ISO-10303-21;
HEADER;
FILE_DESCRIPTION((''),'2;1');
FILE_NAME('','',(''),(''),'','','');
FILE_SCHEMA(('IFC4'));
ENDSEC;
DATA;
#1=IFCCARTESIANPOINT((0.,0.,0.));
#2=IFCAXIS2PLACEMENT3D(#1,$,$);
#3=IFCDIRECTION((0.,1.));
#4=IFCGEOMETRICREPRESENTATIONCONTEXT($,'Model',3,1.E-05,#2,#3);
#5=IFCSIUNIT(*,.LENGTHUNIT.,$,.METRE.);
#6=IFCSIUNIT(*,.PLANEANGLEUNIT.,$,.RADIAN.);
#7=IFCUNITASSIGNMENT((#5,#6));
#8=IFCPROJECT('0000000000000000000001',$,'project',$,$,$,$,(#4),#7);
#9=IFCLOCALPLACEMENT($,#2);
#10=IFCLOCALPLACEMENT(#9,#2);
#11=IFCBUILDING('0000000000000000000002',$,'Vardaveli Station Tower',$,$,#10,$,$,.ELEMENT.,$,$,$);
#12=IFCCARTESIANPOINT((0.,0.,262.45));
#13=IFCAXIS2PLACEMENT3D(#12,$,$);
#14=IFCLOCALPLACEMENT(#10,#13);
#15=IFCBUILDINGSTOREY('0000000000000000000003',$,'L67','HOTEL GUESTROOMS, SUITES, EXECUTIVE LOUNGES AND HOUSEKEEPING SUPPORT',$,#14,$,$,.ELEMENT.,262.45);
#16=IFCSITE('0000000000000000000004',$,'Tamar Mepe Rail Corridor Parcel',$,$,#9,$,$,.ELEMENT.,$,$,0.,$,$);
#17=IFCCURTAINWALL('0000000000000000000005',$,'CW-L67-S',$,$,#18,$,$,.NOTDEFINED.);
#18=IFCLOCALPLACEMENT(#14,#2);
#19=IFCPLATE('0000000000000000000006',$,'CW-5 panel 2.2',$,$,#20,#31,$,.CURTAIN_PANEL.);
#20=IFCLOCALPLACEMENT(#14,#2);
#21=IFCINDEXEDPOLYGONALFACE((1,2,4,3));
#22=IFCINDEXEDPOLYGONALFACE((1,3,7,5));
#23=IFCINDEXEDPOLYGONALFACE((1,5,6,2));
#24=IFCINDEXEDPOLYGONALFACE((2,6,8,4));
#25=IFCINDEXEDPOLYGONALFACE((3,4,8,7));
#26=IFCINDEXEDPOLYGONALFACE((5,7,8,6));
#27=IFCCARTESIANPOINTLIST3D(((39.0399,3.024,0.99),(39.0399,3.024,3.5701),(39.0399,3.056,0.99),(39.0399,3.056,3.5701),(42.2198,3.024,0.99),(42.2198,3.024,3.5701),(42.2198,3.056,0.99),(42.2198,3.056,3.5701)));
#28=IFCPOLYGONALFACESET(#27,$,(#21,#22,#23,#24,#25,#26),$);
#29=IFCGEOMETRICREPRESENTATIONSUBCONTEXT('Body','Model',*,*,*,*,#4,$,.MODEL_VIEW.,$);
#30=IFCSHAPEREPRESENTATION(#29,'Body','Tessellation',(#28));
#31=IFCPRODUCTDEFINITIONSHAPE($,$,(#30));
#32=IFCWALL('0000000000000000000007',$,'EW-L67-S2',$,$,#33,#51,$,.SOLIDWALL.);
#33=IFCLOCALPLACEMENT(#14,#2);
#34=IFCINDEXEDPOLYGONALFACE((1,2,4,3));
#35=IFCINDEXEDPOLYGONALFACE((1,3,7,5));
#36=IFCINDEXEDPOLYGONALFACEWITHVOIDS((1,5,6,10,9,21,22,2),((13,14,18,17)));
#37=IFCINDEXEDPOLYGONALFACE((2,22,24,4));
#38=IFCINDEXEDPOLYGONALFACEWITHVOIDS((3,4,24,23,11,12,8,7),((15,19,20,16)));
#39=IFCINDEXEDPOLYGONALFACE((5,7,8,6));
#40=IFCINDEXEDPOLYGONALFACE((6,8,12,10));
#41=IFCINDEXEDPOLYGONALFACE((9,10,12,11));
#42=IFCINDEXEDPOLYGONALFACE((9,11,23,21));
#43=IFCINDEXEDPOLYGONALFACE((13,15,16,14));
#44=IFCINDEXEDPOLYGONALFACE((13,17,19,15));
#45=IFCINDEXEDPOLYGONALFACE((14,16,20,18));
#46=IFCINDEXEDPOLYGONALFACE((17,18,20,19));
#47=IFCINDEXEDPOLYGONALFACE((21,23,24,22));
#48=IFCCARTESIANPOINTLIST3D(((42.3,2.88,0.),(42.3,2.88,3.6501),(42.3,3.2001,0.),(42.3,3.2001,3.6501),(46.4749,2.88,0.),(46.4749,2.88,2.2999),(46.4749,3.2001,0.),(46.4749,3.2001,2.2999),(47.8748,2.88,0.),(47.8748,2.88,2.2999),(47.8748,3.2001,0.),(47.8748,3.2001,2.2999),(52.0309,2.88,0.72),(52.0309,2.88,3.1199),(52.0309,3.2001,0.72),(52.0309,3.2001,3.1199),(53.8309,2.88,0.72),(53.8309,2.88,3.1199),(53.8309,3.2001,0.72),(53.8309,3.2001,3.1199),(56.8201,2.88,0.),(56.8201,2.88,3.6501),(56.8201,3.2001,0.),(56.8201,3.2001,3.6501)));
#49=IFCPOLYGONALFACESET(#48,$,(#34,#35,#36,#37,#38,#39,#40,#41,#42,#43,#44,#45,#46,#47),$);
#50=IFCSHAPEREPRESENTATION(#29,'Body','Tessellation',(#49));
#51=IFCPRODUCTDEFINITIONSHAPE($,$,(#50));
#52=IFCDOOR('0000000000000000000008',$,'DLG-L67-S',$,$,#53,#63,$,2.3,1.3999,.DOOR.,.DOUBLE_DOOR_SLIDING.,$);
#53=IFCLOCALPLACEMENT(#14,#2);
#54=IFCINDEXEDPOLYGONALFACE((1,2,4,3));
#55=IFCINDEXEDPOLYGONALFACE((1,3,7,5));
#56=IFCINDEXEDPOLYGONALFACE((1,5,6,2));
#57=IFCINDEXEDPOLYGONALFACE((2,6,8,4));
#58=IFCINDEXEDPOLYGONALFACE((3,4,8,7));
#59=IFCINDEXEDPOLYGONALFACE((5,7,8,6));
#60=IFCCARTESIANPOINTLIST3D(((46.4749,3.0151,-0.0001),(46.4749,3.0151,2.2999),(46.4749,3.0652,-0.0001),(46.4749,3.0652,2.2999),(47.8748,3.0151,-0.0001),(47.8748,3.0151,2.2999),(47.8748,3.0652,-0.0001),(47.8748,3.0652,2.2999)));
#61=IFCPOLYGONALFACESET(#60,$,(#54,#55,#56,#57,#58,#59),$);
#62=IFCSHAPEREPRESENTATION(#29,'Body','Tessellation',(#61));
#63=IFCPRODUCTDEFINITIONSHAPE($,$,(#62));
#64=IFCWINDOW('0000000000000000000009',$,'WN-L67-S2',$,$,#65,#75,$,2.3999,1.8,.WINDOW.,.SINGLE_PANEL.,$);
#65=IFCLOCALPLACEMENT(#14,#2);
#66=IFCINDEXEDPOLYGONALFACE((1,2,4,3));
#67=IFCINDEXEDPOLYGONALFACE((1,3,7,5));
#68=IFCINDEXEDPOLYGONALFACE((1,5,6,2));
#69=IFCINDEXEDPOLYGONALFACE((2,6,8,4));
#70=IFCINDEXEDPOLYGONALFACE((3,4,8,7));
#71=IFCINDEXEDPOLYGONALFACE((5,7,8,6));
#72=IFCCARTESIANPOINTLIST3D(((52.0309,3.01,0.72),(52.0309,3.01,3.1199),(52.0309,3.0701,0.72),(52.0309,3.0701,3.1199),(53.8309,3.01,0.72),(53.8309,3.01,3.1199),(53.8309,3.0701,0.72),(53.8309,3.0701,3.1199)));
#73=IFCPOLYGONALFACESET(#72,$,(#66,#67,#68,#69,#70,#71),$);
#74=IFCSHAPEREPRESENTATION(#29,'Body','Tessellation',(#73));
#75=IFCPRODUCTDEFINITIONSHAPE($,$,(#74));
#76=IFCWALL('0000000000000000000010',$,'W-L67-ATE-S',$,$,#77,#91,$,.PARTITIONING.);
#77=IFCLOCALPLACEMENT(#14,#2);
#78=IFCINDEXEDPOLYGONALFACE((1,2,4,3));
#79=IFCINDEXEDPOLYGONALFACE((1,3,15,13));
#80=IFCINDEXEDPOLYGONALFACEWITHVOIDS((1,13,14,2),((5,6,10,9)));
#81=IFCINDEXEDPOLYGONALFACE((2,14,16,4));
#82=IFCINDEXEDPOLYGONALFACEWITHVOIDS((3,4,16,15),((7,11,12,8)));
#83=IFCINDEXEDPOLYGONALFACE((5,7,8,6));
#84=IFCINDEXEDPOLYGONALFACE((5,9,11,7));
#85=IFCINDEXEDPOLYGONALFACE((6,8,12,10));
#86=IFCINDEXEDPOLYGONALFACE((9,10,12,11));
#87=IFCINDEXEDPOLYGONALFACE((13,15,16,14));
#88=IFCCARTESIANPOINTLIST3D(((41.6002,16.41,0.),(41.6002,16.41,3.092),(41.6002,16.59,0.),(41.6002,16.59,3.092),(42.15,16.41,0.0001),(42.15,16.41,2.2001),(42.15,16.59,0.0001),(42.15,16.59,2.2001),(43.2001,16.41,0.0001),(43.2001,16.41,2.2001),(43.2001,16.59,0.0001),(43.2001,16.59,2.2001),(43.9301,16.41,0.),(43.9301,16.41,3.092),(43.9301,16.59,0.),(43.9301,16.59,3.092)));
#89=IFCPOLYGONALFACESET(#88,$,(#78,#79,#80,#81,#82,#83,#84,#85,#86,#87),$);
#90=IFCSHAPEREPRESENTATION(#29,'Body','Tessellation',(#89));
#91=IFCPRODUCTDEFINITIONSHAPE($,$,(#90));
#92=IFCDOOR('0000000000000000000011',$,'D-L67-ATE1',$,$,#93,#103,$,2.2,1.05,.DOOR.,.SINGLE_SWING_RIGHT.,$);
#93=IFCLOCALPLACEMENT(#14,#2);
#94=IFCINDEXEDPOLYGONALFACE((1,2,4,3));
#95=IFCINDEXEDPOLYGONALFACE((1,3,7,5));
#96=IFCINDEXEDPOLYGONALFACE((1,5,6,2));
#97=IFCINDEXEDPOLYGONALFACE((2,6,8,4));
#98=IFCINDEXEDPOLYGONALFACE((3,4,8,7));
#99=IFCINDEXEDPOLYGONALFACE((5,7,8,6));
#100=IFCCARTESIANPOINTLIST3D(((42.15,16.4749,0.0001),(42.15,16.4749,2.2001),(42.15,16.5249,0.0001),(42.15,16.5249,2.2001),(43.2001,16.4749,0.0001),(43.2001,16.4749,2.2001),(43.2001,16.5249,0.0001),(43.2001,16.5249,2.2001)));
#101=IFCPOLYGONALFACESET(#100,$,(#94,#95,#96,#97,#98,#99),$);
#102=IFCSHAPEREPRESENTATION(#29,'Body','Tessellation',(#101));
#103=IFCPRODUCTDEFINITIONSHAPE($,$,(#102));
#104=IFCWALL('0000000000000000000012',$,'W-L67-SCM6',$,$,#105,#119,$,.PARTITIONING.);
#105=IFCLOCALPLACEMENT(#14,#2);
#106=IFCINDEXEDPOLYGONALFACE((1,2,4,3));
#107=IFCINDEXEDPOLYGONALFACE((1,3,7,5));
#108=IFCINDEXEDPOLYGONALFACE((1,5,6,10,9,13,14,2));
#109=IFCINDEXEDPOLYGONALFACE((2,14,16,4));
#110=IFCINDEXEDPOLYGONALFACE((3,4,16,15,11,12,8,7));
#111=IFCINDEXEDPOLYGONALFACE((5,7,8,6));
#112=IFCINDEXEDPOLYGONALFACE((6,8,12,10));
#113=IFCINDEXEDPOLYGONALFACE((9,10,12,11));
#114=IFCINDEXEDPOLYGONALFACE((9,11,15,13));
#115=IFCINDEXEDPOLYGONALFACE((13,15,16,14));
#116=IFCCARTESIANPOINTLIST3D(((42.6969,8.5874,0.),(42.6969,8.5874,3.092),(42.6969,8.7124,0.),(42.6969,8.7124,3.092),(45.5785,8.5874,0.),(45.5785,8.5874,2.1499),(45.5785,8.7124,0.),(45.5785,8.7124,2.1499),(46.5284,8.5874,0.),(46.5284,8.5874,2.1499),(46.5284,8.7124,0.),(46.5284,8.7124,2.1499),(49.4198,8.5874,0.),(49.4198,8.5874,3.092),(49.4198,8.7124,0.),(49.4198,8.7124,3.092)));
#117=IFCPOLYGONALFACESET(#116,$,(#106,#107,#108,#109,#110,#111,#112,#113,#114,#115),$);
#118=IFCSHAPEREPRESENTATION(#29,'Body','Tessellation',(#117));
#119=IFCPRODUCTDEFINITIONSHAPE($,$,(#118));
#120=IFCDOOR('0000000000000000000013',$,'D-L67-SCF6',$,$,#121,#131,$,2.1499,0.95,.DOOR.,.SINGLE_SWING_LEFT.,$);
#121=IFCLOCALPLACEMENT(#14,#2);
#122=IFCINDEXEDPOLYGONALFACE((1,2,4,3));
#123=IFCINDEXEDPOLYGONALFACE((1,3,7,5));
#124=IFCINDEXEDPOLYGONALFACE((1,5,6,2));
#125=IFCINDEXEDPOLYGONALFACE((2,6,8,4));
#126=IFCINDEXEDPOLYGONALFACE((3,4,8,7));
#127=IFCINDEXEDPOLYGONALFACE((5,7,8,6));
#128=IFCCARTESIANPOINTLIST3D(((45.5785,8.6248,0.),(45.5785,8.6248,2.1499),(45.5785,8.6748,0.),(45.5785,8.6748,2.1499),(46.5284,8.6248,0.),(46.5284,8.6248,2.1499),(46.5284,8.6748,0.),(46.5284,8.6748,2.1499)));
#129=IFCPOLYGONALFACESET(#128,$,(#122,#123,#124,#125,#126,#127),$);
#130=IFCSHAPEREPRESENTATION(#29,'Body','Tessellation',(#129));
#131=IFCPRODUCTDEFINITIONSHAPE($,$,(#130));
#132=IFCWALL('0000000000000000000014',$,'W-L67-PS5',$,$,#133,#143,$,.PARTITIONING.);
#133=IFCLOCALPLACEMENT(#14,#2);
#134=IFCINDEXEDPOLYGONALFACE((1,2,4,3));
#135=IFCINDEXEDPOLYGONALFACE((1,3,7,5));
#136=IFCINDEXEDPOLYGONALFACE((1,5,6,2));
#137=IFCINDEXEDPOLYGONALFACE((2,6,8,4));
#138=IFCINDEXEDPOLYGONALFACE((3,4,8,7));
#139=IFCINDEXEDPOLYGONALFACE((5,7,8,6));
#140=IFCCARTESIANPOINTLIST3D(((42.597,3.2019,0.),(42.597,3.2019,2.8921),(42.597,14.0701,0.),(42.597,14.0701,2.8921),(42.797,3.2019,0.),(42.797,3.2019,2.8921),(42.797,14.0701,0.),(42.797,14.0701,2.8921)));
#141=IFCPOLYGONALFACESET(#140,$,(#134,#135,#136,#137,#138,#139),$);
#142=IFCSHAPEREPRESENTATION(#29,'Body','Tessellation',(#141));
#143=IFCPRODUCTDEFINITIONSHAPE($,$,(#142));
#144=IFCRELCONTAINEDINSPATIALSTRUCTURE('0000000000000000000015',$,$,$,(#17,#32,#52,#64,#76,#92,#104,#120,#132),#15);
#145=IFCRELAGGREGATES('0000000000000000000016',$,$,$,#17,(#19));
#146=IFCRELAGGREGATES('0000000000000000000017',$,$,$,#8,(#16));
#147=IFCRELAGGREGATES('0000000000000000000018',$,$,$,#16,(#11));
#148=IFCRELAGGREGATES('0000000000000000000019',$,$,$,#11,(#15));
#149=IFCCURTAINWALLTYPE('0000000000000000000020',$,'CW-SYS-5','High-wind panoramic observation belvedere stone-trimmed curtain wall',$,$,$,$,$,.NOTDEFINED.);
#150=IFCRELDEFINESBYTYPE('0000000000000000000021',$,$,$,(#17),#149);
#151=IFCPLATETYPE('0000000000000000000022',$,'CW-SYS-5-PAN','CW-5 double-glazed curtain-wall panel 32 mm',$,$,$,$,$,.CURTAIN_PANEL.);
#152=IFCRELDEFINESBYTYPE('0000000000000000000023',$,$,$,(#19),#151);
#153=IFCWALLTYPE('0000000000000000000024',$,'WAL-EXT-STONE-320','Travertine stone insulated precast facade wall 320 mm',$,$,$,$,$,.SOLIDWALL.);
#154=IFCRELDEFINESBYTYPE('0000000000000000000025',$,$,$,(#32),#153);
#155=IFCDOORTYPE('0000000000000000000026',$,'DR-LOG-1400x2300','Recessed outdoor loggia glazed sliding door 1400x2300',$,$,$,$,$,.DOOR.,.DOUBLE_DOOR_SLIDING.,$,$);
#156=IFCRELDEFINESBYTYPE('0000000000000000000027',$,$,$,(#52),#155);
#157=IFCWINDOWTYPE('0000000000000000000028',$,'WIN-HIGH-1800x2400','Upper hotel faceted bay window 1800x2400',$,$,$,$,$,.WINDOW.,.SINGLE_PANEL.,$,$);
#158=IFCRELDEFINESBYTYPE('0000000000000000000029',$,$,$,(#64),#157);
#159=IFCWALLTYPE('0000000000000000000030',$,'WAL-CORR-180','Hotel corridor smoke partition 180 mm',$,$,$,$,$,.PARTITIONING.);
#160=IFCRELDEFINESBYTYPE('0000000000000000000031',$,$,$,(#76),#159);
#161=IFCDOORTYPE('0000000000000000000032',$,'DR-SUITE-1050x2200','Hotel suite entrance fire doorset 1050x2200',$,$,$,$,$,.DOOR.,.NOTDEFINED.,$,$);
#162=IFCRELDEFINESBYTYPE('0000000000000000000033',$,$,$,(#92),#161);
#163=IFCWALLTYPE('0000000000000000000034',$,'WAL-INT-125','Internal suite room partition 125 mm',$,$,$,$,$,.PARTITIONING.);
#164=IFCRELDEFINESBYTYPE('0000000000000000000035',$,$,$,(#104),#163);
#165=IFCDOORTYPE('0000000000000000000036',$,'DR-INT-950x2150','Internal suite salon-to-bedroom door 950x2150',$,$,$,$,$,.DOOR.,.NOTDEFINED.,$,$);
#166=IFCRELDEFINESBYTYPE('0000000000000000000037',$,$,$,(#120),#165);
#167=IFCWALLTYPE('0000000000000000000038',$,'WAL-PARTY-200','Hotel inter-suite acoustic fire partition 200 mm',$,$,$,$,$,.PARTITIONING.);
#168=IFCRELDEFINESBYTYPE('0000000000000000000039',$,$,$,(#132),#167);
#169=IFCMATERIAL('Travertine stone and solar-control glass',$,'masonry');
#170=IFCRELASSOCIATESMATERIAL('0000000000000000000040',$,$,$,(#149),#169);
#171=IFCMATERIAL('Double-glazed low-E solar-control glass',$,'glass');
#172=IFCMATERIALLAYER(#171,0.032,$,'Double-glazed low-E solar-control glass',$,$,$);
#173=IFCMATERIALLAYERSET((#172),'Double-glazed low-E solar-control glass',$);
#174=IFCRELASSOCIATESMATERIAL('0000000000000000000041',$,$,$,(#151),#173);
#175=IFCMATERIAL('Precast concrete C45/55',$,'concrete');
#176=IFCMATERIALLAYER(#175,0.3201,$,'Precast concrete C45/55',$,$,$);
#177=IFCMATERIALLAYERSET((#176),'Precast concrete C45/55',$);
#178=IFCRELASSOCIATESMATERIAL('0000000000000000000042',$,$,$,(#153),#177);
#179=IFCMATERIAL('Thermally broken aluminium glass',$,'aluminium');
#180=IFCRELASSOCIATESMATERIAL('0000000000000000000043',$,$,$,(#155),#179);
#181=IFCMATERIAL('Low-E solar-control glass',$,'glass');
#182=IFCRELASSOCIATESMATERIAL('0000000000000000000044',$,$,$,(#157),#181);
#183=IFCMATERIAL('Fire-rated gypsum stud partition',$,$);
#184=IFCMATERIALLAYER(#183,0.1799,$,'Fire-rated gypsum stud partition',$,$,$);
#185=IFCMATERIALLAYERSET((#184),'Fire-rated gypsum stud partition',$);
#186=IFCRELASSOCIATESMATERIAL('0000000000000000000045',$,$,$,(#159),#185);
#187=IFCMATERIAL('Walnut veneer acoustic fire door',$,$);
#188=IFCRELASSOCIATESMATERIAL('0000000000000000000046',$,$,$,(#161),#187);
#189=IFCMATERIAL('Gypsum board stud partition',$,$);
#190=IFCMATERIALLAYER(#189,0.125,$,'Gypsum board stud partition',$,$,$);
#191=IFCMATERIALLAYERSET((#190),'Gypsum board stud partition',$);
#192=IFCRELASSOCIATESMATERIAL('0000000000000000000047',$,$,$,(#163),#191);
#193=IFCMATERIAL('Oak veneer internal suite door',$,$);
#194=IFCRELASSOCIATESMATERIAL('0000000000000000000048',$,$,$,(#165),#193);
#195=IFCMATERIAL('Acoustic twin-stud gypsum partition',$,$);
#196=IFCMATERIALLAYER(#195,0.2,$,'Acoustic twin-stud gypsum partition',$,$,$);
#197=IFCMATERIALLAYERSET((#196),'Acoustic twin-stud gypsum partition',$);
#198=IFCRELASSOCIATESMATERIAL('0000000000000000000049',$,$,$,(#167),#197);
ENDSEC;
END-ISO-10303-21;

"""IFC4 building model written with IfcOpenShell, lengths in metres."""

from ifc_helpers import new_model, si_unit, direction, frame, frame_2d, origin, origin_2d, place, context, subcontext, project, spatial, rectangle, extrude, source, transform, mapped, material, layer, layer_set, type_object, element, fill, aggregate, save


model = new_model("IFC4")

# Units and contexts
model_context = context("Model", 3, precision=1e-05, world=origin(), true_north=direction((0.0, 1.0)))
body_context = subcontext(model_context, "Body", "Model", "MODEL_VIEW")
ifc_project = project(units=[si_unit("LENGTHUNIT", "METRE"), si_unit("PLANEANGLEUNIT", "RADIAN")], contexts=[model_context])

# Site, building, storey
site_placement = place(None, origin())
site = spatial("IfcSite", under=ifc_project, at=site_placement, Name="Tamar Mepe Rail Corridor Parcel", CompositionType="ELEMENT", RefElevation=0.0)
building_placement = place(site_placement, origin())
building = spatial("IfcBuilding", under=site, at=building_placement, Name="Vardaveli Station Tower", CompositionType="ELEMENT")
storey_placement = place(building_placement, frame((0.0, 0.0, 262.45)))
storey = spatial("IfcBuildingStorey", under=building, at=storey_placement, Name="L67", Description="HOTEL GUESTROOMS, SUITES, EXECUTIVE LOUNGES AND HOUSEKEEPING SUPPORT", CompositionType="ELEMENT", Elevation=262.45)

# Shared definitions
ifc_material_1 = material(Name="Precast concrete C45/55", Category="concrete")

# Curtain wall, plate
ifc_material_2 = material(Name="Travertine stone and solar-control glass", Category="masonry")
curtain_wall_type = type_object("IfcCurtainWallType", Name="CW-SYS-5", Description="High-wind panoramic observation belvedere stone-trimmed curtain wall", PredefinedType="NOTDEFINED", material=ifc_material_2)
curtain_wall_placement = place(storey_placement, origin())
curtain_wall = element("IfcCurtainWall", 1, at=curtain_wall_placement, inside=storey, type_object=curtain_wall_type, Name="CW-L67-S", PredefinedType="NOTDEFINED")
ifc_material_3 = material(Name="Double-glazed low-E solar-control glass", Category="glass")
ifc_layer_1 = layer(ifc_material_3, 0.032, Name="Double-glazed low-E solar-control glass")
ifc_layer_set_1 = layer_set([ifc_layer_1], Name="Double-glazed low-E solar-control glass")
plate_type = type_object("IfcPlateType", Name="CW-SYS-5-PAN", Description="CW-5 double-glazed curtain-wall panel 32 mm", PredefinedType="CURTAIN_PANEL", material=ifc_layer_set_1)
shared_shape_1 = source(origin(), body_context, "Body", "SweptSolid", [
    extrude(rectangle(XDim=3.1799, YDim=0.032, at=origin_2d()), origin(), (0.0, 0.0, 1.0), 2.5801),
])
plate_1_placement = place(storey_placement, frame((40.6299, 3.04, 0.99), z_axis=(0.0, 0.0, 1.0), x_axis=(1.0, 0.0, 0.0)))
plate_1 = element("IfcPlate", 2, at=plate_1_placement, type_object=plate_type, Name="CW-5 panel 2.2", PredefinedType="CURTAIN_PANEL", context=body_context, shape_type="MappedRepresentation", body=[
    mapped(shared_shape_1, transform((0.0, 0.0, 0.0), scale=1.0)),
])
aggregate(curtain_wall, [plate_1])

# Wall, openings, door, window
ifc_layer_2 = layer(ifc_material_1, 0.3201, Name="Precast concrete C45/55")
ifc_layer_set_2 = layer_set([ifc_layer_2], Name="Precast concrete C45/55")
wall_type_1 = type_object("IfcWallType", Name="WAL-EXT-STONE-320", Description="Travertine stone insulated precast facade wall 320 mm", PredefinedType="SOLIDWALL", material=ifc_layer_set_2)
shared_shape_2 = source(origin(), body_context, "Body", "SweptSolid", [
    extrude(rectangle(XDim=14.52, YDim=0.3201, at=frame_2d((7.26, 0.0))), origin(), (0.0, 0.0, 1.0), 3.6501),
])
wall_1_placement = place(storey_placement, frame((42.3, 3.04, 0.0), z_axis=(0.0, 0.0, 1.0), x_axis=(1.0, 0.0, 0.0)))
wall_1 = element("IfcWall", 3, at=wall_1_placement, inside=storey, type_object=wall_type_1, Name="EW-L67-S2", PredefinedType="SOLIDWALL", context=body_context, shape_type="MappedRepresentation", body=[
    mapped(shared_shape_2, transform((0.0, 0.0, 0.0), scale=1.0)),
])
shared_shape_3 = source(origin(), body_context, "Body", "SweptSolid", [
    extrude(rectangle(XDim=1.3999, YDim=2.3, at=frame_2d((0.7, 1.1499))), frame((0.0, 0.1699, 0.0), z_axis=(0.0, -1.0, 0.0), x_axis=(1.0, 0.0, 0.0)), (0.0, 0.0, 1.0), 0.3401),
])
opening_1_placement = place(wall_1_placement, frame((4.1748, 0.0, 0.0)))
opening_1 = element("IfcOpeningElement", 4, at=opening_1_placement, cuts=wall_1, PredefinedType="OPENING", context=body_context, shape_type="MappedRepresentation", body=[
    mapped(shared_shape_3, transform((0.0, 0.0, 0.0), scale=1.0)),
])
shared_shape_4 = source(origin(), body_context, "Body", "SweptSolid", [
    extrude(rectangle(XDim=1.8, YDim=2.3999, at=frame_2d((0.8999, 1.2))), frame((0.0, 0.1699, 0.0), z_axis=(0.0, -1.0, 0.0), x_axis=(1.0, 0.0, 0.0)), (0.0, 0.0, 1.0), 0.3401),
])
opening_2_placement = place(wall_1_placement, frame((9.731, 0.0, 0.72)))
opening_2 = element("IfcOpeningElement", 5, at=opening_2_placement, cuts=wall_1, PredefinedType="OPENING", context=body_context, shape_type="MappedRepresentation", body=[
    mapped(shared_shape_4, transform((0.0, 0.0, 0.0), scale=1.0)),
])
ifc_material_4 = material(Name="Thermally broken aluminium glass", Category="aluminium")
door_type_1 = type_object("IfcDoorType", Name="DR-LOG-1400x2300", Description="Recessed outdoor loggia glazed sliding door 1400x2300", OperationType="DOUBLE_DOOR_SLIDING", PredefinedType="DOOR", material=ifc_material_4)
shared_shape_5 = source(origin(), body_context, "Body", "SweptSolid", [
    extrude(rectangle(XDim=1.3999, YDim=2.3, at=frame_2d((0.7, 1.1499))), frame((0.0, 0.0249, 0.0), z_axis=(0.0, -1.0, 0.0), x_axis=(1.0, 0.0, 0.0)), (0.0, 0.0, 1.0), 0.05),
])
door_1_placement = place(opening_1_placement, frame((1.3999, 0.0, 0.0), z_axis=(0.0, 0.0, 1.0), x_axis=(-1.0, 0.0, 0.0)))
door_1 = element("IfcDoor", 6, at=door_1_placement, inside=storey, type_object=door_type_1, Name="DLG-L67-S", OperationType="DOUBLE_DOOR_SLIDING", OverallHeight=2.3, OverallWidth=1.3999, PredefinedType="DOOR", context=body_context, shape_type="MappedRepresentation", body=[
    mapped(shared_shape_5, transform((0.0, 0.0, 0.0), scale=1.0)),
])
fill(opening_1, door_1)
ifc_material_5 = material(Name="Low-E solar-control glass", Category="glass")
window_type = type_object("IfcWindowType", Name="WIN-HIGH-1800x2400", Description="Upper hotel faceted bay window 1800x2400", PartitioningType="SINGLE_PANEL", PredefinedType="WINDOW", material=ifc_material_5)
shared_shape_6 = source(origin(), body_context, "Body", "SweptSolid", [
    extrude(rectangle(XDim=1.8, YDim=2.3999, at=frame_2d((0.8999, 1.2))), frame((0.0, 0.03, 0.0), z_axis=(0.0, -1.0, 0.0), x_axis=(1.0, 0.0, 0.0)), (0.0, 0.0, 1.0), 0.0601),
])
window_placement = place(opening_2_placement, origin())
window = element("IfcWindow", 7, at=window_placement, inside=storey, type_object=window_type, Name="WN-L67-S2", OverallHeight=2.3999, OverallWidth=1.8, PartitioningType="SINGLE_PANEL", PredefinedType="WINDOW", context=body_context, shape_type="MappedRepresentation", body=[
    mapped(shared_shape_6, transform((0.0, 0.0, 0.0), scale=1.0)),
])
fill(opening_2, window)

# Walls, openings, doors
ifc_material_6 = material(Name="Fire-rated gypsum stud partition")
ifc_layer_3 = layer(ifc_material_6, 0.1799, Name="Fire-rated gypsum stud partition")
ifc_layer_set_3 = layer_set([ifc_layer_3], Name="Fire-rated gypsum stud partition")
wall_type_2 = type_object("IfcWallType", Name="WAL-CORR-180", Description="Hotel corridor smoke partition 180 mm", PredefinedType="PARTITIONING", material=ifc_layer_set_3)
shared_shape_7 = source(origin(), body_context, "Body", "SweptSolid", [
    extrude(rectangle(XDim=2.3298, YDim=0.1799, at=frame_2d((1.165, 0.0))), origin(), (0.0, 0.0, 1.0), 3.092),
])
wall_2_placement = place(storey_placement, frame((41.6001, 16.5, 0.0), z_axis=(0.0, 0.0, 1.0), x_axis=(1.0, 0.0, 0.0)))
wall_2 = element("IfcWall", 8, at=wall_2_placement, inside=storey, type_object=wall_type_2, Name="W-L67-ATE-S", PredefinedType="PARTITIONING", context=body_context, shape_type="MappedRepresentation", body=[
    mapped(shared_shape_7, transform((0.0, 0.0, 0.0), scale=1.0)),
])
shared_shape_8 = source(origin(), body_context, "Body", "SweptSolid", [
    extrude(rectangle(XDim=1.05, YDim=2.2, at=frame_2d((0.5249, 1.1001))), frame((0.0, 0.1001, 0.0), z_axis=(0.0, -1.0, 0.0), x_axis=(1.0, 0.0, 0.0)), (0.0, 0.0, 1.0), 0.2),
])
opening_3_placement = place(wall_2_placement, frame((0.55, 0.0, 0.0)))
opening_3 = element("IfcOpeningElement", 9, at=opening_3_placement, cuts=wall_2, PredefinedType="OPENING", context=body_context, shape_type="MappedRepresentation", body=[
    mapped(shared_shape_8, transform((0.0, 0.0, 0.0), scale=1.0)),
])
ifc_material_7 = material(Name="Walnut veneer acoustic fire door")
door_type_2 = type_object("IfcDoorType", Name="DR-SUITE-1050x2200", Description="Hotel suite entrance fire doorset 1050x2200", OperationType="NOTDEFINED", PredefinedType="DOOR", material=ifc_material_7)
shared_shape_9 = source(origin(), body_context, "Body", "SweptSolid", [
    extrude(rectangle(XDim=1.05, YDim=2.2, at=frame_2d((0.5249, 1.1001))), frame((0.0, 0.0249, 0.0), z_axis=(0.0, -1.0, 0.0), x_axis=(1.0, 0.0, 0.0)), (0.0, 0.0, 1.0), 0.05),
])
door_2_placement = place(opening_3_placement, origin())
door_2 = element("IfcDoor", 10, at=door_2_placement, inside=storey, type_object=door_type_2, Name="D-L67-ATE1", OperationType="SINGLE_SWING_RIGHT", OverallHeight=2.2, OverallWidth=1.05, PredefinedType="DOOR", context=body_context, shape_type="MappedRepresentation", body=[
    mapped(shared_shape_9, transform((0.0, 0.0, 0.0), scale=1.0)),
])
fill(opening_3, door_2)
ifc_material_8 = material(Name="Gypsum board stud partition")
ifc_layer_4 = layer(ifc_material_8, 0.125, Name="Gypsum board stud partition")
ifc_layer_set_4 = layer_set([ifc_layer_4], Name="Gypsum board stud partition")
wall_type_3 = type_object("IfcWallType", Name="WAL-INT-125", Description="Internal suite room partition 125 mm", PredefinedType="PARTITIONING", material=ifc_layer_set_4)
shared_shape_10 = source(origin(), body_context, "Body", "SweptSolid", [
    extrude(rectangle(XDim=6.7229, YDim=0.125, at=frame_2d((3.3613, 0.0))), origin(), (0.0, 0.0, 1.0), 3.092),
])
wall_3_placement = place(storey_placement, frame((42.697, 8.6499, 0.0), z_axis=(0.0, 0.0, 1.0), x_axis=(1.0, 0.0, 0.0)))
wall_3 = element("IfcWall", 11, at=wall_3_placement, inside=storey, type_object=wall_type_3, Name="W-L67-SCM6", PredefinedType="PARTITIONING", context=body_context, shape_type="MappedRepresentation", body=[
    mapped(shared_shape_10, transform((0.0, 0.0, 0.0), scale=1.0)),
])
shared_shape_11 = source(origin(), body_context, "Body", "SweptSolid", [
    extrude(rectangle(XDim=0.95, YDim=2.1499, at=frame_2d((0.4751, 1.075))), frame((0.0, 0.0725, 0.0), z_axis=(0.0, -1.0, 0.0), x_axis=(1.0, 0.0, 0.0)), (0.0, 0.0, 1.0), 0.145),
])
opening_4_placement = place(wall_3_placement, frame((2.8813, 0.0, 0.0)))
opening_4 = element("IfcOpeningElement", 12, at=opening_4_placement, cuts=wall_3, PredefinedType="OPENING", context=body_context, shape_type="MappedRepresentation", body=[
    mapped(shared_shape_11, transform((0.0, 0.0, 0.0), scale=1.0)),
])
ifc_material_9 = material(Name="Oak veneer internal suite door")
door_type_3 = type_object("IfcDoorType", Name="DR-INT-950x2150", Description="Internal suite salon-to-bedroom door 950x2150", OperationType="NOTDEFINED", PredefinedType="DOOR", material=ifc_material_9)
shared_shape_12 = source(origin(), body_context, "Body", "SweptSolid", [
    extrude(rectangle(XDim=0.95, YDim=2.1499, at=frame_2d((0.4751, 1.075))), frame((0.0, 0.0249, 0.0), z_axis=(0.0, -1.0, 0.0), x_axis=(1.0, 0.0, 0.0)), (0.0, 0.0, 1.0), 0.05),
])
door_3_placement = place(opening_4_placement, origin())
door_3 = element("IfcDoor", 13, at=door_3_placement, inside=storey, type_object=door_type_3, Name="D-L67-SCF6", OperationType="SINGLE_SWING_LEFT", OverallHeight=2.1499, OverallWidth=0.95, PredefinedType="DOOR", context=body_context, shape_type="MappedRepresentation", body=[
    mapped(shared_shape_12, transform((0.0, 0.0, 0.0), scale=1.0)),
])
fill(opening_4, door_3)

# Wall
ifc_material_10 = material(Name="Acoustic twin-stud gypsum partition")
ifc_layer_5 = layer(ifc_material_10, 0.2, Name="Acoustic twin-stud gypsum partition")
ifc_layer_set_5 = layer_set([ifc_layer_5], Name="Acoustic twin-stud gypsum partition")
wall_type_4 = type_object("IfcWallType", Name="WAL-PARTY-200", Description="Hotel inter-suite acoustic fire partition 200 mm", PredefinedType="PARTITIONING", material=ifc_layer_set_5)
shared_shape_13 = source(origin(), body_context, "Body", "SweptSolid", [
    extrude(rectangle(XDim=10.8682, YDim=0.2, at=frame_2d((5.4341, 0.0))), origin(), (0.0, 0.0, 1.0), 2.8921),
])
wall_4_placement = place(storey_placement, frame((42.697, 3.2019, 0.0), z_axis=(0.0, 0.0, 1.0), x_axis=(0.0, 1.0, 0.0)))
element("IfcWall", 14, at=wall_4_placement, inside=storey, type_object=wall_type_4, Name="W-L67-PS5", PredefinedType="PARTITIONING", context=body_context, shape_type="MappedRepresentation", body=[
    mapped(shared_shape_13, transform((0.0, 0.0, 0.0), scale=1.0)),
])

save(model, "model.ifc")
